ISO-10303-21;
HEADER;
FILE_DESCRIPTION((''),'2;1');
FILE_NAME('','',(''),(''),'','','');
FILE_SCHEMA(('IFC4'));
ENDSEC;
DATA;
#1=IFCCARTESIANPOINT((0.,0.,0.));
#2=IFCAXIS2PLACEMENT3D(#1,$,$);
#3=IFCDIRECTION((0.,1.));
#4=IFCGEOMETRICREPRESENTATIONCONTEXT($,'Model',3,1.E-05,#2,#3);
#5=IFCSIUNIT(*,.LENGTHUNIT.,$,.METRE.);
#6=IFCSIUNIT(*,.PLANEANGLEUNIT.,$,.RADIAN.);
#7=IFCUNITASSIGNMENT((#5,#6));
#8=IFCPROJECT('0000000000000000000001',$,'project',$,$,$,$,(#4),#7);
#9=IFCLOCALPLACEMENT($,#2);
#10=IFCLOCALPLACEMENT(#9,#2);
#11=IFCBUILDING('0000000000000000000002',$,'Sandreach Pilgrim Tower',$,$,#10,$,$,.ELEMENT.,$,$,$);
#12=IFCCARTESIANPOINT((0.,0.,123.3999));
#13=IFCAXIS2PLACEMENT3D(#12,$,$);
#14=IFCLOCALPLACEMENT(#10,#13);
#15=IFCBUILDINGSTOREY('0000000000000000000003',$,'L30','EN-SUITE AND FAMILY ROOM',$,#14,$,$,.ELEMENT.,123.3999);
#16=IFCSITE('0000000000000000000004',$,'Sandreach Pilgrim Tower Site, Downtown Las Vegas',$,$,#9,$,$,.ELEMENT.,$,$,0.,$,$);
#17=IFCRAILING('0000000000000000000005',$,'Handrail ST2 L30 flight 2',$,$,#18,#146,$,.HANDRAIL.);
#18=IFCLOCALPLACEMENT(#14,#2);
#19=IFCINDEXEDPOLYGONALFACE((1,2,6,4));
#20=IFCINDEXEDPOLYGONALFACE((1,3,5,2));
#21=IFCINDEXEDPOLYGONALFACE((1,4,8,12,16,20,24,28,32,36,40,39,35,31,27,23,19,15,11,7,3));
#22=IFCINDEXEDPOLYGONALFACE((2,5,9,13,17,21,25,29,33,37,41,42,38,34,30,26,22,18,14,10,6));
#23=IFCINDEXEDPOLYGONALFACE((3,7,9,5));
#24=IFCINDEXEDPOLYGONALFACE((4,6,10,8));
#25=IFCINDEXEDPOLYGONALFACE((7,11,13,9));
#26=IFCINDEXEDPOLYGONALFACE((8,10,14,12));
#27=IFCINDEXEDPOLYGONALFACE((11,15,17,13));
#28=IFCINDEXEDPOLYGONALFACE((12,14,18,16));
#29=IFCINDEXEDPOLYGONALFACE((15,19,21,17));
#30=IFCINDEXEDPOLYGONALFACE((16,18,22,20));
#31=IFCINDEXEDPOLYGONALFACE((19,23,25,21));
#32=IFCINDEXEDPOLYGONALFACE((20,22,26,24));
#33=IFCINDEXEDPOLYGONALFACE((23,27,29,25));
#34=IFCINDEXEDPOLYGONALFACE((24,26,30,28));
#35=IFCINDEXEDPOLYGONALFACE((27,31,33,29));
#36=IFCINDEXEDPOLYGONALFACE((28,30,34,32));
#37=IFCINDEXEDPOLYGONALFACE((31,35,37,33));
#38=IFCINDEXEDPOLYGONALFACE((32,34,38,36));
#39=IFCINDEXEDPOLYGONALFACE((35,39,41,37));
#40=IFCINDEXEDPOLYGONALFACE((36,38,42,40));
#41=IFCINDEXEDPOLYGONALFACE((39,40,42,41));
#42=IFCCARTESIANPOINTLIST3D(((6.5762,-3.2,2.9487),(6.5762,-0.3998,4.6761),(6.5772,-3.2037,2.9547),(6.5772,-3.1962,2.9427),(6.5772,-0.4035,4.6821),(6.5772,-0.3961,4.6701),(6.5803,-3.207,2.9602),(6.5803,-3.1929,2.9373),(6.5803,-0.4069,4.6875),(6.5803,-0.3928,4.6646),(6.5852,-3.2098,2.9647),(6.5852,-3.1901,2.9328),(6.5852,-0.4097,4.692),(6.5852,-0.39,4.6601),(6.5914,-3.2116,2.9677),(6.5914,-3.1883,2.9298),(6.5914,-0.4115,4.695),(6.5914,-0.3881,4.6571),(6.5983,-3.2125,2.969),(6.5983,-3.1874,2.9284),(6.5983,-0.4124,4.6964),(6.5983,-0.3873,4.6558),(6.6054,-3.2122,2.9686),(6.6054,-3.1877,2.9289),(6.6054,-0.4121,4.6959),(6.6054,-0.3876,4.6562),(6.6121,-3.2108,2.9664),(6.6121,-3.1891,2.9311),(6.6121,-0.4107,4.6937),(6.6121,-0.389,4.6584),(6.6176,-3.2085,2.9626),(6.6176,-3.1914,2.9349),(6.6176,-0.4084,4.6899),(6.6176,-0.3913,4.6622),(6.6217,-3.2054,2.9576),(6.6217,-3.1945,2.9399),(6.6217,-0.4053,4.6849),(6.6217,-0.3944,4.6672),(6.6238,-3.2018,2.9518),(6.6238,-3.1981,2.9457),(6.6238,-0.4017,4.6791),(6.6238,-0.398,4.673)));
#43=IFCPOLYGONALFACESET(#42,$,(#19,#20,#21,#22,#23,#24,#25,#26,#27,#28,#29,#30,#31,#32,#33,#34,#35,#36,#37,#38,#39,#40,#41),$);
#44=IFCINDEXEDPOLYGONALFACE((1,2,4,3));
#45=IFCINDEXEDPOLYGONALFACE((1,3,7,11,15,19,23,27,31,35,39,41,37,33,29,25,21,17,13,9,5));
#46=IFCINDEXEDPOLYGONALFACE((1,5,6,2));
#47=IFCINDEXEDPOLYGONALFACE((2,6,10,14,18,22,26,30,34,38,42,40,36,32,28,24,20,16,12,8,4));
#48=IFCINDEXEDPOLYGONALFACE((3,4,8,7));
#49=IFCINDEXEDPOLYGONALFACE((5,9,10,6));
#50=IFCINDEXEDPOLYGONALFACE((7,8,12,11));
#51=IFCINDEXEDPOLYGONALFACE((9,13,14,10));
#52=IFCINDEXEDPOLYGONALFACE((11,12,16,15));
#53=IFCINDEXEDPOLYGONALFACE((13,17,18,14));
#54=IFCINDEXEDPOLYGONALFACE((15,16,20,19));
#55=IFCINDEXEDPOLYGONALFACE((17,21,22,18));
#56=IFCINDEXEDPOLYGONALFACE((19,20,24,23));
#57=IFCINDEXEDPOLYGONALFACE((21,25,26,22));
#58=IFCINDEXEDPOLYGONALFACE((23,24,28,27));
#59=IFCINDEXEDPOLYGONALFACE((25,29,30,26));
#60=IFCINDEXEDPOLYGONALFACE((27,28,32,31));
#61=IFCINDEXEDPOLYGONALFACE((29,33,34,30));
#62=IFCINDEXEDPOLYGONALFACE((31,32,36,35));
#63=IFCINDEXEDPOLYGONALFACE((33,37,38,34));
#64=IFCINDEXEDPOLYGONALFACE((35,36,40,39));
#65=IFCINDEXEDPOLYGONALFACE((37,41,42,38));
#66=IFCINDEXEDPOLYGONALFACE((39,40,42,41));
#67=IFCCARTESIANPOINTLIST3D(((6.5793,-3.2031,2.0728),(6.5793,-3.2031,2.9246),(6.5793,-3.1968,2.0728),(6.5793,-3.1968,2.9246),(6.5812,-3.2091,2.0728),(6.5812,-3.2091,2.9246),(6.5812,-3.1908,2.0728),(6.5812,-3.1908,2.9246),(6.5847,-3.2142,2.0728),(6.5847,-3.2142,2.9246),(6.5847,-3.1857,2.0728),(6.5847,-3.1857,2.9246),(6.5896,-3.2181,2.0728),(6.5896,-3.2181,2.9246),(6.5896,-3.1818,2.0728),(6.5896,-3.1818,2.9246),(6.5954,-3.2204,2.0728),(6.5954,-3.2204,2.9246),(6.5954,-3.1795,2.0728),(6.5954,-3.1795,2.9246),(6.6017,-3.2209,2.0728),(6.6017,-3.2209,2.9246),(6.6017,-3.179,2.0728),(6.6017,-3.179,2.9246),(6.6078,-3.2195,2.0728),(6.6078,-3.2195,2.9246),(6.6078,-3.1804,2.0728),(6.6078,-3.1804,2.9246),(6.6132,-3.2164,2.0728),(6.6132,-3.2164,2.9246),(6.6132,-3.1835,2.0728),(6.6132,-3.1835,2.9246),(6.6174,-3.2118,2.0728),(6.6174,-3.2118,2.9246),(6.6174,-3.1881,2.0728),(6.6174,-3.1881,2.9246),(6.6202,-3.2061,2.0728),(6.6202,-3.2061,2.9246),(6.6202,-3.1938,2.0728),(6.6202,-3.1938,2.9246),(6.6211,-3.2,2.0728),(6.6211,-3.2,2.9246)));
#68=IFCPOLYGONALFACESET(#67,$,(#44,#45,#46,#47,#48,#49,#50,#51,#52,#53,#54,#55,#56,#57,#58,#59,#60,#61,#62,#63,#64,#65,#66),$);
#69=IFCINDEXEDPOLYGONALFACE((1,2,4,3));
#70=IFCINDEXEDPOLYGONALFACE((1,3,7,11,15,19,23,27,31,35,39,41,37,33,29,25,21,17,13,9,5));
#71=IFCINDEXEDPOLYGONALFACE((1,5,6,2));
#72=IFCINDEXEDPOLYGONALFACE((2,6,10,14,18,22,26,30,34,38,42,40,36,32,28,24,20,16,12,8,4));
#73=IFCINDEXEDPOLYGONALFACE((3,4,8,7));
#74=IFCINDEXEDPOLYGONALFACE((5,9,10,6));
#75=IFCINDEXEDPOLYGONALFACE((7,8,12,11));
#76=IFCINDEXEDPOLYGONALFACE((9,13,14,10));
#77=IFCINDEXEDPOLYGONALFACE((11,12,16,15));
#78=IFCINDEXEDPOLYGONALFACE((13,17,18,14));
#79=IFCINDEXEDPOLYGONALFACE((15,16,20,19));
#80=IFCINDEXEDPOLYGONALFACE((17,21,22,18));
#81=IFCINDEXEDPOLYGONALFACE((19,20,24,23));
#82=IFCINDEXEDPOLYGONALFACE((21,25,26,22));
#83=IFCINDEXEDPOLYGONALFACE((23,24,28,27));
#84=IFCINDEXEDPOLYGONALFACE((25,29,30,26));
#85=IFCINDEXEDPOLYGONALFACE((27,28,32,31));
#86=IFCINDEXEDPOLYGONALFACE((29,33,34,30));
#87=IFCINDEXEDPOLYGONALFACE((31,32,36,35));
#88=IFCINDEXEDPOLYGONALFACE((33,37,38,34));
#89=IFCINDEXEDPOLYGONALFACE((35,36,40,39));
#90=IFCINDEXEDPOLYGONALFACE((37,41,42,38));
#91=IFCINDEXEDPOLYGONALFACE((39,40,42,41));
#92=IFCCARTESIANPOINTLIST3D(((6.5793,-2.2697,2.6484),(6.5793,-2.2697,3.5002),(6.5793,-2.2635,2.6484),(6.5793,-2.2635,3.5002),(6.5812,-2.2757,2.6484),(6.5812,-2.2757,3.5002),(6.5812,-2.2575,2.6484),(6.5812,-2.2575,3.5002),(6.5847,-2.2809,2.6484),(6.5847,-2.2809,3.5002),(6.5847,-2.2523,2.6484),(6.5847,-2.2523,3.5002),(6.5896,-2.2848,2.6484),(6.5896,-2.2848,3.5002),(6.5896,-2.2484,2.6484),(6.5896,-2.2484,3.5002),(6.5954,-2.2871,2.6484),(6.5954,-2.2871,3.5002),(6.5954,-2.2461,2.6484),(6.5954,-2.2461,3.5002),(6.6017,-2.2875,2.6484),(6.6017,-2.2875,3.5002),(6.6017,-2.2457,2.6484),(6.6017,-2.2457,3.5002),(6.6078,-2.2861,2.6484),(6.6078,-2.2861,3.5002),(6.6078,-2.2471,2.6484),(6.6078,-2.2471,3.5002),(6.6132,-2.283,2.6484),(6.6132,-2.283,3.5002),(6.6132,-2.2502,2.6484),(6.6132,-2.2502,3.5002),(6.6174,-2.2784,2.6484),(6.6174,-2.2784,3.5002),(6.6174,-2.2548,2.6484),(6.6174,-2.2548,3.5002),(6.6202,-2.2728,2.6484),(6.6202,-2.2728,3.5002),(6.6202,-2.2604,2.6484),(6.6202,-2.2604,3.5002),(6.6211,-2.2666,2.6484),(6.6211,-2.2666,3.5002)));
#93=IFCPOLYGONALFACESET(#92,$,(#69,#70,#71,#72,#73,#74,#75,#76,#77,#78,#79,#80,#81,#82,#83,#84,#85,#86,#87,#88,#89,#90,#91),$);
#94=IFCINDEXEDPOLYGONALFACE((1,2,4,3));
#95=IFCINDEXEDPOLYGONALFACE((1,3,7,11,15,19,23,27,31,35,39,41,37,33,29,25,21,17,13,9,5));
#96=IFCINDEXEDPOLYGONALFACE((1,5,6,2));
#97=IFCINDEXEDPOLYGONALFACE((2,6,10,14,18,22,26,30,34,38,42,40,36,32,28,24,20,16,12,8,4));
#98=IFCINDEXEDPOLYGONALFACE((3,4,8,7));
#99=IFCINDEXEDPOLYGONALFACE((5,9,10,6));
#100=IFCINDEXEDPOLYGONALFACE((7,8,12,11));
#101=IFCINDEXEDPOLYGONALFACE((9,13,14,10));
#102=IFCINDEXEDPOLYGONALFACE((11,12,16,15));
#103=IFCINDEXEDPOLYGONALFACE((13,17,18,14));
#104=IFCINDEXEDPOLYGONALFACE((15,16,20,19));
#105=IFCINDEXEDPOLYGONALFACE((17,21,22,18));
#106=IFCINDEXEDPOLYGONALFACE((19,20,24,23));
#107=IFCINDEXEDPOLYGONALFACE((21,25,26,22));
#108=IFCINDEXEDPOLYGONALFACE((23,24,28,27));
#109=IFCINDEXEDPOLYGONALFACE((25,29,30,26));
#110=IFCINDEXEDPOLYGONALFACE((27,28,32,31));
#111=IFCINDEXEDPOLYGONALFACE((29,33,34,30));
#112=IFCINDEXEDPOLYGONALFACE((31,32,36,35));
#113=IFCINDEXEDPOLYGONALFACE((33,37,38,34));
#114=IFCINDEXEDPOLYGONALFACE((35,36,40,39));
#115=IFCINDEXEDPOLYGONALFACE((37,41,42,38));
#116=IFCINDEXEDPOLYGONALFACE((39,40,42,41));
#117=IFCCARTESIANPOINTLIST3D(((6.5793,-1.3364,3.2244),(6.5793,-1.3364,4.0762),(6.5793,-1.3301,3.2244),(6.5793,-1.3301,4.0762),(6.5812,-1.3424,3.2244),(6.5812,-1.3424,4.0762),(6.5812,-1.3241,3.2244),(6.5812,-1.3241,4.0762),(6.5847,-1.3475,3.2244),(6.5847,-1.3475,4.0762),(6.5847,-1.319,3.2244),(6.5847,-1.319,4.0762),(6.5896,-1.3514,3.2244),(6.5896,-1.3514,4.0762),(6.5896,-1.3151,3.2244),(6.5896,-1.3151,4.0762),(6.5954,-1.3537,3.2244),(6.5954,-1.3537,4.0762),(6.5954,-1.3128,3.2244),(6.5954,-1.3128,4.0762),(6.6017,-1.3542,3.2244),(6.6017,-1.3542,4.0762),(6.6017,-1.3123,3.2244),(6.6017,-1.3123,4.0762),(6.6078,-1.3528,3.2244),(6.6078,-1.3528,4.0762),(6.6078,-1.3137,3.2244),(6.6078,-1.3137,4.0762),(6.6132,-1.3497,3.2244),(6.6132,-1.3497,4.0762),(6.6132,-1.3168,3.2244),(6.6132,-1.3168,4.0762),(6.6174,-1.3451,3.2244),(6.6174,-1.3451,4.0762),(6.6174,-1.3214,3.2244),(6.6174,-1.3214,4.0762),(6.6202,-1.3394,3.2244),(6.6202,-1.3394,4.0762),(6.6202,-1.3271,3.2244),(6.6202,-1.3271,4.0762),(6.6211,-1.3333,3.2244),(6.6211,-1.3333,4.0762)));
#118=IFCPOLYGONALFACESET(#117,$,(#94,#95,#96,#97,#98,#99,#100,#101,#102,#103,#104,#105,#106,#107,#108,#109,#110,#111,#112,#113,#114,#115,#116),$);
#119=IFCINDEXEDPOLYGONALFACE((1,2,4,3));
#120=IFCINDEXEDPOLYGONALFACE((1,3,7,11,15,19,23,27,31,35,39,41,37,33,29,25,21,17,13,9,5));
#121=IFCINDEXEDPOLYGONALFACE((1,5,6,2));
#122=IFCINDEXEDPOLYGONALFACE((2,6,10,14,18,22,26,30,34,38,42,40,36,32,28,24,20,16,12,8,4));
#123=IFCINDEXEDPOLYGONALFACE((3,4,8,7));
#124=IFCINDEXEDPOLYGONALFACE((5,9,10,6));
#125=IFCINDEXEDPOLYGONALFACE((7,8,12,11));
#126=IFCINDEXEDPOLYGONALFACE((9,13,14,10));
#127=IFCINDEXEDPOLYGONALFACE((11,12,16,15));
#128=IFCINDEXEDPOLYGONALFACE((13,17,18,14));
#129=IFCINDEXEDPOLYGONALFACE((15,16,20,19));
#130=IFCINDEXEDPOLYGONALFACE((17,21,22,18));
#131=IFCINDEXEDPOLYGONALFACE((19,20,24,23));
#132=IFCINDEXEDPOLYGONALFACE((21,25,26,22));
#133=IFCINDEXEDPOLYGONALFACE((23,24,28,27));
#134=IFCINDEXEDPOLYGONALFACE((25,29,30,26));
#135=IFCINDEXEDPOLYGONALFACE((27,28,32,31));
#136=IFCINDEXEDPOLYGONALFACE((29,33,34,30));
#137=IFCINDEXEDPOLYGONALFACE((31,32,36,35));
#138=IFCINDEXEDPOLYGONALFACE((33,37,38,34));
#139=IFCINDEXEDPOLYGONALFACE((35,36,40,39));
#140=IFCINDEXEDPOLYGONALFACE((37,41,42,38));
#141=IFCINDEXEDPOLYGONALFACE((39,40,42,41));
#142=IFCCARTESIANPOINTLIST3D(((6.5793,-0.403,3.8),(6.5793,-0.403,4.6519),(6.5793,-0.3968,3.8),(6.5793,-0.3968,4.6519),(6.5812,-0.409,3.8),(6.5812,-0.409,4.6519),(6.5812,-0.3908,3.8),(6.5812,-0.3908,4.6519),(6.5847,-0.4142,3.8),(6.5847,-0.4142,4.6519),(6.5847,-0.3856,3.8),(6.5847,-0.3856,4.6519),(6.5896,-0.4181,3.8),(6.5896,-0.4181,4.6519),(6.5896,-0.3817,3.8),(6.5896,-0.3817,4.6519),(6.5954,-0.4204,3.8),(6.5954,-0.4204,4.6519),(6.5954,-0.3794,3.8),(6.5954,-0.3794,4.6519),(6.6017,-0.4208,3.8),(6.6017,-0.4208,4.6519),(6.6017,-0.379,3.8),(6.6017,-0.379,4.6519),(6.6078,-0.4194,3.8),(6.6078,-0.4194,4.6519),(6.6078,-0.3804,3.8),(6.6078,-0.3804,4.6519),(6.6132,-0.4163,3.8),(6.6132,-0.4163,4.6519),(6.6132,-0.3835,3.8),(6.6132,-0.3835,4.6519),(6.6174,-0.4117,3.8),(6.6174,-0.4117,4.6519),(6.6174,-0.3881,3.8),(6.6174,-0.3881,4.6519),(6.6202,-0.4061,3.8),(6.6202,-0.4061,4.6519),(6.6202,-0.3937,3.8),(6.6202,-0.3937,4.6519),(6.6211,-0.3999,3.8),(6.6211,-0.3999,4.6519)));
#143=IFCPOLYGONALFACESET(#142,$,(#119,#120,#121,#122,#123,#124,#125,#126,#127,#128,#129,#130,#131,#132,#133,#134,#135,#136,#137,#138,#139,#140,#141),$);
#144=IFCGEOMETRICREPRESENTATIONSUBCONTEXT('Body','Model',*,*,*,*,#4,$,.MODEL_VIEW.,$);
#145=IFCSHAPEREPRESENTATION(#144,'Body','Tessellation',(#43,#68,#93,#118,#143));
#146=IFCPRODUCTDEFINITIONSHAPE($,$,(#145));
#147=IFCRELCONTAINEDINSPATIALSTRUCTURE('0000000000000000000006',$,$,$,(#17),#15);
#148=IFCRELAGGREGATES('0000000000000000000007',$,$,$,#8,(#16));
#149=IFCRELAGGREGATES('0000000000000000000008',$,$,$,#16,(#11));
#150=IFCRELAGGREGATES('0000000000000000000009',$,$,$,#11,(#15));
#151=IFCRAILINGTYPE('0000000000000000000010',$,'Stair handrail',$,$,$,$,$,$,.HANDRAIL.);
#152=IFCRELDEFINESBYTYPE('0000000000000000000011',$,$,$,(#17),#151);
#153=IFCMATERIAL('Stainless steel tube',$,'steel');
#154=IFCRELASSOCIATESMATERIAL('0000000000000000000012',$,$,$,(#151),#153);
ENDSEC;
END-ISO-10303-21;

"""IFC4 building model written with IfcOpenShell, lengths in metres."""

from ifc_helpers import new_model, si_unit, direction, frame, origin, origin_2d, place, context, subcontext, project, spatial, circle, extrude, material, type_object, element, save


model = new_model("IFC4")

# Units and contexts
model_context = context("Model", 3, precision=1e-05, world=origin(), true_north=direction((0.0, 1.0)))
body_context = subcontext(model_context, "Body", "Model", "MODEL_VIEW")
ifc_project = project(units=[si_unit("LENGTHUNIT", "METRE"), si_unit("PLANEANGLEUNIT", "RADIAN")], contexts=[model_context])

# Site, building, storey
site_placement = place(None, origin())
site = spatial("IfcSite", under=ifc_project, at=site_placement, Name="Sandreach Pilgrim Tower Site, Downtown Las Vegas", CompositionType="ELEMENT", RefElevation=0.0)
building_placement = place(site_placement, origin())
building = spatial("IfcBuilding", under=site, at=building_placement, Name="Sandreach Pilgrim Tower", CompositionType="ELEMENT")
storey_placement = place(building_placement, frame((0.0, 0.0, 123.3999)))
storey = spatial("IfcBuildingStorey", under=building, at=storey_placement, Name="L30", Description="EN-SUITE AND FAMILY ROOM", CompositionType="ELEMENT", Elevation=123.3999)

# Railing
ifc_material_1 = material(Name="Stainless steel tube", Category="steel")
railing_type = type_object("IfcRailingType", Name="Stair handrail", PredefinedType="HANDRAIL", material=ifc_material_1)
for number, where, name in (
    (1, (6.6001, -3.2, 2.0728), "Handrail ST2 L30 flight 2"),
):
    element("IfcRailing", number, at=place(storey_placement, frame(where)), inside=storey, type_object=railing_type, Name=name, PredefinedType="HANDRAIL", context=body_context, shape_type="SweptSolid", body=[
        extrude(circle(Radius=0.0239, at=origin_2d()), frame((0.0, 0.0, 0.876), z_axis=(0.0, 0.85109, 0.52502), x_axis=(-1.0, 0.0, 0.0)), (0.0, 0.0, 1.0), 3.29),
        extrude(circle(Radius=0.021, at=origin_2d()), origin(), (0.0, 0.0, 1.0), 0.8518),
        extrude(circle(Radius=0.021, at=origin_2d()), frame((0.0, 0.9333, 0.5757)), (0.0, 0.0, 1.0), 0.8518),
        extrude(circle(Radius=0.021, at=origin_2d()), frame((0.0, 1.8667, 1.1516)), (0.0, 0.0, 1.0), 0.8518),
        extrude(circle(Radius=0.021, at=origin_2d()), frame((0.0, 2.8, 1.7273)), (0.0, 0.0, 1.0), 0.8518),
    ])

save(model, "model.ifc")
